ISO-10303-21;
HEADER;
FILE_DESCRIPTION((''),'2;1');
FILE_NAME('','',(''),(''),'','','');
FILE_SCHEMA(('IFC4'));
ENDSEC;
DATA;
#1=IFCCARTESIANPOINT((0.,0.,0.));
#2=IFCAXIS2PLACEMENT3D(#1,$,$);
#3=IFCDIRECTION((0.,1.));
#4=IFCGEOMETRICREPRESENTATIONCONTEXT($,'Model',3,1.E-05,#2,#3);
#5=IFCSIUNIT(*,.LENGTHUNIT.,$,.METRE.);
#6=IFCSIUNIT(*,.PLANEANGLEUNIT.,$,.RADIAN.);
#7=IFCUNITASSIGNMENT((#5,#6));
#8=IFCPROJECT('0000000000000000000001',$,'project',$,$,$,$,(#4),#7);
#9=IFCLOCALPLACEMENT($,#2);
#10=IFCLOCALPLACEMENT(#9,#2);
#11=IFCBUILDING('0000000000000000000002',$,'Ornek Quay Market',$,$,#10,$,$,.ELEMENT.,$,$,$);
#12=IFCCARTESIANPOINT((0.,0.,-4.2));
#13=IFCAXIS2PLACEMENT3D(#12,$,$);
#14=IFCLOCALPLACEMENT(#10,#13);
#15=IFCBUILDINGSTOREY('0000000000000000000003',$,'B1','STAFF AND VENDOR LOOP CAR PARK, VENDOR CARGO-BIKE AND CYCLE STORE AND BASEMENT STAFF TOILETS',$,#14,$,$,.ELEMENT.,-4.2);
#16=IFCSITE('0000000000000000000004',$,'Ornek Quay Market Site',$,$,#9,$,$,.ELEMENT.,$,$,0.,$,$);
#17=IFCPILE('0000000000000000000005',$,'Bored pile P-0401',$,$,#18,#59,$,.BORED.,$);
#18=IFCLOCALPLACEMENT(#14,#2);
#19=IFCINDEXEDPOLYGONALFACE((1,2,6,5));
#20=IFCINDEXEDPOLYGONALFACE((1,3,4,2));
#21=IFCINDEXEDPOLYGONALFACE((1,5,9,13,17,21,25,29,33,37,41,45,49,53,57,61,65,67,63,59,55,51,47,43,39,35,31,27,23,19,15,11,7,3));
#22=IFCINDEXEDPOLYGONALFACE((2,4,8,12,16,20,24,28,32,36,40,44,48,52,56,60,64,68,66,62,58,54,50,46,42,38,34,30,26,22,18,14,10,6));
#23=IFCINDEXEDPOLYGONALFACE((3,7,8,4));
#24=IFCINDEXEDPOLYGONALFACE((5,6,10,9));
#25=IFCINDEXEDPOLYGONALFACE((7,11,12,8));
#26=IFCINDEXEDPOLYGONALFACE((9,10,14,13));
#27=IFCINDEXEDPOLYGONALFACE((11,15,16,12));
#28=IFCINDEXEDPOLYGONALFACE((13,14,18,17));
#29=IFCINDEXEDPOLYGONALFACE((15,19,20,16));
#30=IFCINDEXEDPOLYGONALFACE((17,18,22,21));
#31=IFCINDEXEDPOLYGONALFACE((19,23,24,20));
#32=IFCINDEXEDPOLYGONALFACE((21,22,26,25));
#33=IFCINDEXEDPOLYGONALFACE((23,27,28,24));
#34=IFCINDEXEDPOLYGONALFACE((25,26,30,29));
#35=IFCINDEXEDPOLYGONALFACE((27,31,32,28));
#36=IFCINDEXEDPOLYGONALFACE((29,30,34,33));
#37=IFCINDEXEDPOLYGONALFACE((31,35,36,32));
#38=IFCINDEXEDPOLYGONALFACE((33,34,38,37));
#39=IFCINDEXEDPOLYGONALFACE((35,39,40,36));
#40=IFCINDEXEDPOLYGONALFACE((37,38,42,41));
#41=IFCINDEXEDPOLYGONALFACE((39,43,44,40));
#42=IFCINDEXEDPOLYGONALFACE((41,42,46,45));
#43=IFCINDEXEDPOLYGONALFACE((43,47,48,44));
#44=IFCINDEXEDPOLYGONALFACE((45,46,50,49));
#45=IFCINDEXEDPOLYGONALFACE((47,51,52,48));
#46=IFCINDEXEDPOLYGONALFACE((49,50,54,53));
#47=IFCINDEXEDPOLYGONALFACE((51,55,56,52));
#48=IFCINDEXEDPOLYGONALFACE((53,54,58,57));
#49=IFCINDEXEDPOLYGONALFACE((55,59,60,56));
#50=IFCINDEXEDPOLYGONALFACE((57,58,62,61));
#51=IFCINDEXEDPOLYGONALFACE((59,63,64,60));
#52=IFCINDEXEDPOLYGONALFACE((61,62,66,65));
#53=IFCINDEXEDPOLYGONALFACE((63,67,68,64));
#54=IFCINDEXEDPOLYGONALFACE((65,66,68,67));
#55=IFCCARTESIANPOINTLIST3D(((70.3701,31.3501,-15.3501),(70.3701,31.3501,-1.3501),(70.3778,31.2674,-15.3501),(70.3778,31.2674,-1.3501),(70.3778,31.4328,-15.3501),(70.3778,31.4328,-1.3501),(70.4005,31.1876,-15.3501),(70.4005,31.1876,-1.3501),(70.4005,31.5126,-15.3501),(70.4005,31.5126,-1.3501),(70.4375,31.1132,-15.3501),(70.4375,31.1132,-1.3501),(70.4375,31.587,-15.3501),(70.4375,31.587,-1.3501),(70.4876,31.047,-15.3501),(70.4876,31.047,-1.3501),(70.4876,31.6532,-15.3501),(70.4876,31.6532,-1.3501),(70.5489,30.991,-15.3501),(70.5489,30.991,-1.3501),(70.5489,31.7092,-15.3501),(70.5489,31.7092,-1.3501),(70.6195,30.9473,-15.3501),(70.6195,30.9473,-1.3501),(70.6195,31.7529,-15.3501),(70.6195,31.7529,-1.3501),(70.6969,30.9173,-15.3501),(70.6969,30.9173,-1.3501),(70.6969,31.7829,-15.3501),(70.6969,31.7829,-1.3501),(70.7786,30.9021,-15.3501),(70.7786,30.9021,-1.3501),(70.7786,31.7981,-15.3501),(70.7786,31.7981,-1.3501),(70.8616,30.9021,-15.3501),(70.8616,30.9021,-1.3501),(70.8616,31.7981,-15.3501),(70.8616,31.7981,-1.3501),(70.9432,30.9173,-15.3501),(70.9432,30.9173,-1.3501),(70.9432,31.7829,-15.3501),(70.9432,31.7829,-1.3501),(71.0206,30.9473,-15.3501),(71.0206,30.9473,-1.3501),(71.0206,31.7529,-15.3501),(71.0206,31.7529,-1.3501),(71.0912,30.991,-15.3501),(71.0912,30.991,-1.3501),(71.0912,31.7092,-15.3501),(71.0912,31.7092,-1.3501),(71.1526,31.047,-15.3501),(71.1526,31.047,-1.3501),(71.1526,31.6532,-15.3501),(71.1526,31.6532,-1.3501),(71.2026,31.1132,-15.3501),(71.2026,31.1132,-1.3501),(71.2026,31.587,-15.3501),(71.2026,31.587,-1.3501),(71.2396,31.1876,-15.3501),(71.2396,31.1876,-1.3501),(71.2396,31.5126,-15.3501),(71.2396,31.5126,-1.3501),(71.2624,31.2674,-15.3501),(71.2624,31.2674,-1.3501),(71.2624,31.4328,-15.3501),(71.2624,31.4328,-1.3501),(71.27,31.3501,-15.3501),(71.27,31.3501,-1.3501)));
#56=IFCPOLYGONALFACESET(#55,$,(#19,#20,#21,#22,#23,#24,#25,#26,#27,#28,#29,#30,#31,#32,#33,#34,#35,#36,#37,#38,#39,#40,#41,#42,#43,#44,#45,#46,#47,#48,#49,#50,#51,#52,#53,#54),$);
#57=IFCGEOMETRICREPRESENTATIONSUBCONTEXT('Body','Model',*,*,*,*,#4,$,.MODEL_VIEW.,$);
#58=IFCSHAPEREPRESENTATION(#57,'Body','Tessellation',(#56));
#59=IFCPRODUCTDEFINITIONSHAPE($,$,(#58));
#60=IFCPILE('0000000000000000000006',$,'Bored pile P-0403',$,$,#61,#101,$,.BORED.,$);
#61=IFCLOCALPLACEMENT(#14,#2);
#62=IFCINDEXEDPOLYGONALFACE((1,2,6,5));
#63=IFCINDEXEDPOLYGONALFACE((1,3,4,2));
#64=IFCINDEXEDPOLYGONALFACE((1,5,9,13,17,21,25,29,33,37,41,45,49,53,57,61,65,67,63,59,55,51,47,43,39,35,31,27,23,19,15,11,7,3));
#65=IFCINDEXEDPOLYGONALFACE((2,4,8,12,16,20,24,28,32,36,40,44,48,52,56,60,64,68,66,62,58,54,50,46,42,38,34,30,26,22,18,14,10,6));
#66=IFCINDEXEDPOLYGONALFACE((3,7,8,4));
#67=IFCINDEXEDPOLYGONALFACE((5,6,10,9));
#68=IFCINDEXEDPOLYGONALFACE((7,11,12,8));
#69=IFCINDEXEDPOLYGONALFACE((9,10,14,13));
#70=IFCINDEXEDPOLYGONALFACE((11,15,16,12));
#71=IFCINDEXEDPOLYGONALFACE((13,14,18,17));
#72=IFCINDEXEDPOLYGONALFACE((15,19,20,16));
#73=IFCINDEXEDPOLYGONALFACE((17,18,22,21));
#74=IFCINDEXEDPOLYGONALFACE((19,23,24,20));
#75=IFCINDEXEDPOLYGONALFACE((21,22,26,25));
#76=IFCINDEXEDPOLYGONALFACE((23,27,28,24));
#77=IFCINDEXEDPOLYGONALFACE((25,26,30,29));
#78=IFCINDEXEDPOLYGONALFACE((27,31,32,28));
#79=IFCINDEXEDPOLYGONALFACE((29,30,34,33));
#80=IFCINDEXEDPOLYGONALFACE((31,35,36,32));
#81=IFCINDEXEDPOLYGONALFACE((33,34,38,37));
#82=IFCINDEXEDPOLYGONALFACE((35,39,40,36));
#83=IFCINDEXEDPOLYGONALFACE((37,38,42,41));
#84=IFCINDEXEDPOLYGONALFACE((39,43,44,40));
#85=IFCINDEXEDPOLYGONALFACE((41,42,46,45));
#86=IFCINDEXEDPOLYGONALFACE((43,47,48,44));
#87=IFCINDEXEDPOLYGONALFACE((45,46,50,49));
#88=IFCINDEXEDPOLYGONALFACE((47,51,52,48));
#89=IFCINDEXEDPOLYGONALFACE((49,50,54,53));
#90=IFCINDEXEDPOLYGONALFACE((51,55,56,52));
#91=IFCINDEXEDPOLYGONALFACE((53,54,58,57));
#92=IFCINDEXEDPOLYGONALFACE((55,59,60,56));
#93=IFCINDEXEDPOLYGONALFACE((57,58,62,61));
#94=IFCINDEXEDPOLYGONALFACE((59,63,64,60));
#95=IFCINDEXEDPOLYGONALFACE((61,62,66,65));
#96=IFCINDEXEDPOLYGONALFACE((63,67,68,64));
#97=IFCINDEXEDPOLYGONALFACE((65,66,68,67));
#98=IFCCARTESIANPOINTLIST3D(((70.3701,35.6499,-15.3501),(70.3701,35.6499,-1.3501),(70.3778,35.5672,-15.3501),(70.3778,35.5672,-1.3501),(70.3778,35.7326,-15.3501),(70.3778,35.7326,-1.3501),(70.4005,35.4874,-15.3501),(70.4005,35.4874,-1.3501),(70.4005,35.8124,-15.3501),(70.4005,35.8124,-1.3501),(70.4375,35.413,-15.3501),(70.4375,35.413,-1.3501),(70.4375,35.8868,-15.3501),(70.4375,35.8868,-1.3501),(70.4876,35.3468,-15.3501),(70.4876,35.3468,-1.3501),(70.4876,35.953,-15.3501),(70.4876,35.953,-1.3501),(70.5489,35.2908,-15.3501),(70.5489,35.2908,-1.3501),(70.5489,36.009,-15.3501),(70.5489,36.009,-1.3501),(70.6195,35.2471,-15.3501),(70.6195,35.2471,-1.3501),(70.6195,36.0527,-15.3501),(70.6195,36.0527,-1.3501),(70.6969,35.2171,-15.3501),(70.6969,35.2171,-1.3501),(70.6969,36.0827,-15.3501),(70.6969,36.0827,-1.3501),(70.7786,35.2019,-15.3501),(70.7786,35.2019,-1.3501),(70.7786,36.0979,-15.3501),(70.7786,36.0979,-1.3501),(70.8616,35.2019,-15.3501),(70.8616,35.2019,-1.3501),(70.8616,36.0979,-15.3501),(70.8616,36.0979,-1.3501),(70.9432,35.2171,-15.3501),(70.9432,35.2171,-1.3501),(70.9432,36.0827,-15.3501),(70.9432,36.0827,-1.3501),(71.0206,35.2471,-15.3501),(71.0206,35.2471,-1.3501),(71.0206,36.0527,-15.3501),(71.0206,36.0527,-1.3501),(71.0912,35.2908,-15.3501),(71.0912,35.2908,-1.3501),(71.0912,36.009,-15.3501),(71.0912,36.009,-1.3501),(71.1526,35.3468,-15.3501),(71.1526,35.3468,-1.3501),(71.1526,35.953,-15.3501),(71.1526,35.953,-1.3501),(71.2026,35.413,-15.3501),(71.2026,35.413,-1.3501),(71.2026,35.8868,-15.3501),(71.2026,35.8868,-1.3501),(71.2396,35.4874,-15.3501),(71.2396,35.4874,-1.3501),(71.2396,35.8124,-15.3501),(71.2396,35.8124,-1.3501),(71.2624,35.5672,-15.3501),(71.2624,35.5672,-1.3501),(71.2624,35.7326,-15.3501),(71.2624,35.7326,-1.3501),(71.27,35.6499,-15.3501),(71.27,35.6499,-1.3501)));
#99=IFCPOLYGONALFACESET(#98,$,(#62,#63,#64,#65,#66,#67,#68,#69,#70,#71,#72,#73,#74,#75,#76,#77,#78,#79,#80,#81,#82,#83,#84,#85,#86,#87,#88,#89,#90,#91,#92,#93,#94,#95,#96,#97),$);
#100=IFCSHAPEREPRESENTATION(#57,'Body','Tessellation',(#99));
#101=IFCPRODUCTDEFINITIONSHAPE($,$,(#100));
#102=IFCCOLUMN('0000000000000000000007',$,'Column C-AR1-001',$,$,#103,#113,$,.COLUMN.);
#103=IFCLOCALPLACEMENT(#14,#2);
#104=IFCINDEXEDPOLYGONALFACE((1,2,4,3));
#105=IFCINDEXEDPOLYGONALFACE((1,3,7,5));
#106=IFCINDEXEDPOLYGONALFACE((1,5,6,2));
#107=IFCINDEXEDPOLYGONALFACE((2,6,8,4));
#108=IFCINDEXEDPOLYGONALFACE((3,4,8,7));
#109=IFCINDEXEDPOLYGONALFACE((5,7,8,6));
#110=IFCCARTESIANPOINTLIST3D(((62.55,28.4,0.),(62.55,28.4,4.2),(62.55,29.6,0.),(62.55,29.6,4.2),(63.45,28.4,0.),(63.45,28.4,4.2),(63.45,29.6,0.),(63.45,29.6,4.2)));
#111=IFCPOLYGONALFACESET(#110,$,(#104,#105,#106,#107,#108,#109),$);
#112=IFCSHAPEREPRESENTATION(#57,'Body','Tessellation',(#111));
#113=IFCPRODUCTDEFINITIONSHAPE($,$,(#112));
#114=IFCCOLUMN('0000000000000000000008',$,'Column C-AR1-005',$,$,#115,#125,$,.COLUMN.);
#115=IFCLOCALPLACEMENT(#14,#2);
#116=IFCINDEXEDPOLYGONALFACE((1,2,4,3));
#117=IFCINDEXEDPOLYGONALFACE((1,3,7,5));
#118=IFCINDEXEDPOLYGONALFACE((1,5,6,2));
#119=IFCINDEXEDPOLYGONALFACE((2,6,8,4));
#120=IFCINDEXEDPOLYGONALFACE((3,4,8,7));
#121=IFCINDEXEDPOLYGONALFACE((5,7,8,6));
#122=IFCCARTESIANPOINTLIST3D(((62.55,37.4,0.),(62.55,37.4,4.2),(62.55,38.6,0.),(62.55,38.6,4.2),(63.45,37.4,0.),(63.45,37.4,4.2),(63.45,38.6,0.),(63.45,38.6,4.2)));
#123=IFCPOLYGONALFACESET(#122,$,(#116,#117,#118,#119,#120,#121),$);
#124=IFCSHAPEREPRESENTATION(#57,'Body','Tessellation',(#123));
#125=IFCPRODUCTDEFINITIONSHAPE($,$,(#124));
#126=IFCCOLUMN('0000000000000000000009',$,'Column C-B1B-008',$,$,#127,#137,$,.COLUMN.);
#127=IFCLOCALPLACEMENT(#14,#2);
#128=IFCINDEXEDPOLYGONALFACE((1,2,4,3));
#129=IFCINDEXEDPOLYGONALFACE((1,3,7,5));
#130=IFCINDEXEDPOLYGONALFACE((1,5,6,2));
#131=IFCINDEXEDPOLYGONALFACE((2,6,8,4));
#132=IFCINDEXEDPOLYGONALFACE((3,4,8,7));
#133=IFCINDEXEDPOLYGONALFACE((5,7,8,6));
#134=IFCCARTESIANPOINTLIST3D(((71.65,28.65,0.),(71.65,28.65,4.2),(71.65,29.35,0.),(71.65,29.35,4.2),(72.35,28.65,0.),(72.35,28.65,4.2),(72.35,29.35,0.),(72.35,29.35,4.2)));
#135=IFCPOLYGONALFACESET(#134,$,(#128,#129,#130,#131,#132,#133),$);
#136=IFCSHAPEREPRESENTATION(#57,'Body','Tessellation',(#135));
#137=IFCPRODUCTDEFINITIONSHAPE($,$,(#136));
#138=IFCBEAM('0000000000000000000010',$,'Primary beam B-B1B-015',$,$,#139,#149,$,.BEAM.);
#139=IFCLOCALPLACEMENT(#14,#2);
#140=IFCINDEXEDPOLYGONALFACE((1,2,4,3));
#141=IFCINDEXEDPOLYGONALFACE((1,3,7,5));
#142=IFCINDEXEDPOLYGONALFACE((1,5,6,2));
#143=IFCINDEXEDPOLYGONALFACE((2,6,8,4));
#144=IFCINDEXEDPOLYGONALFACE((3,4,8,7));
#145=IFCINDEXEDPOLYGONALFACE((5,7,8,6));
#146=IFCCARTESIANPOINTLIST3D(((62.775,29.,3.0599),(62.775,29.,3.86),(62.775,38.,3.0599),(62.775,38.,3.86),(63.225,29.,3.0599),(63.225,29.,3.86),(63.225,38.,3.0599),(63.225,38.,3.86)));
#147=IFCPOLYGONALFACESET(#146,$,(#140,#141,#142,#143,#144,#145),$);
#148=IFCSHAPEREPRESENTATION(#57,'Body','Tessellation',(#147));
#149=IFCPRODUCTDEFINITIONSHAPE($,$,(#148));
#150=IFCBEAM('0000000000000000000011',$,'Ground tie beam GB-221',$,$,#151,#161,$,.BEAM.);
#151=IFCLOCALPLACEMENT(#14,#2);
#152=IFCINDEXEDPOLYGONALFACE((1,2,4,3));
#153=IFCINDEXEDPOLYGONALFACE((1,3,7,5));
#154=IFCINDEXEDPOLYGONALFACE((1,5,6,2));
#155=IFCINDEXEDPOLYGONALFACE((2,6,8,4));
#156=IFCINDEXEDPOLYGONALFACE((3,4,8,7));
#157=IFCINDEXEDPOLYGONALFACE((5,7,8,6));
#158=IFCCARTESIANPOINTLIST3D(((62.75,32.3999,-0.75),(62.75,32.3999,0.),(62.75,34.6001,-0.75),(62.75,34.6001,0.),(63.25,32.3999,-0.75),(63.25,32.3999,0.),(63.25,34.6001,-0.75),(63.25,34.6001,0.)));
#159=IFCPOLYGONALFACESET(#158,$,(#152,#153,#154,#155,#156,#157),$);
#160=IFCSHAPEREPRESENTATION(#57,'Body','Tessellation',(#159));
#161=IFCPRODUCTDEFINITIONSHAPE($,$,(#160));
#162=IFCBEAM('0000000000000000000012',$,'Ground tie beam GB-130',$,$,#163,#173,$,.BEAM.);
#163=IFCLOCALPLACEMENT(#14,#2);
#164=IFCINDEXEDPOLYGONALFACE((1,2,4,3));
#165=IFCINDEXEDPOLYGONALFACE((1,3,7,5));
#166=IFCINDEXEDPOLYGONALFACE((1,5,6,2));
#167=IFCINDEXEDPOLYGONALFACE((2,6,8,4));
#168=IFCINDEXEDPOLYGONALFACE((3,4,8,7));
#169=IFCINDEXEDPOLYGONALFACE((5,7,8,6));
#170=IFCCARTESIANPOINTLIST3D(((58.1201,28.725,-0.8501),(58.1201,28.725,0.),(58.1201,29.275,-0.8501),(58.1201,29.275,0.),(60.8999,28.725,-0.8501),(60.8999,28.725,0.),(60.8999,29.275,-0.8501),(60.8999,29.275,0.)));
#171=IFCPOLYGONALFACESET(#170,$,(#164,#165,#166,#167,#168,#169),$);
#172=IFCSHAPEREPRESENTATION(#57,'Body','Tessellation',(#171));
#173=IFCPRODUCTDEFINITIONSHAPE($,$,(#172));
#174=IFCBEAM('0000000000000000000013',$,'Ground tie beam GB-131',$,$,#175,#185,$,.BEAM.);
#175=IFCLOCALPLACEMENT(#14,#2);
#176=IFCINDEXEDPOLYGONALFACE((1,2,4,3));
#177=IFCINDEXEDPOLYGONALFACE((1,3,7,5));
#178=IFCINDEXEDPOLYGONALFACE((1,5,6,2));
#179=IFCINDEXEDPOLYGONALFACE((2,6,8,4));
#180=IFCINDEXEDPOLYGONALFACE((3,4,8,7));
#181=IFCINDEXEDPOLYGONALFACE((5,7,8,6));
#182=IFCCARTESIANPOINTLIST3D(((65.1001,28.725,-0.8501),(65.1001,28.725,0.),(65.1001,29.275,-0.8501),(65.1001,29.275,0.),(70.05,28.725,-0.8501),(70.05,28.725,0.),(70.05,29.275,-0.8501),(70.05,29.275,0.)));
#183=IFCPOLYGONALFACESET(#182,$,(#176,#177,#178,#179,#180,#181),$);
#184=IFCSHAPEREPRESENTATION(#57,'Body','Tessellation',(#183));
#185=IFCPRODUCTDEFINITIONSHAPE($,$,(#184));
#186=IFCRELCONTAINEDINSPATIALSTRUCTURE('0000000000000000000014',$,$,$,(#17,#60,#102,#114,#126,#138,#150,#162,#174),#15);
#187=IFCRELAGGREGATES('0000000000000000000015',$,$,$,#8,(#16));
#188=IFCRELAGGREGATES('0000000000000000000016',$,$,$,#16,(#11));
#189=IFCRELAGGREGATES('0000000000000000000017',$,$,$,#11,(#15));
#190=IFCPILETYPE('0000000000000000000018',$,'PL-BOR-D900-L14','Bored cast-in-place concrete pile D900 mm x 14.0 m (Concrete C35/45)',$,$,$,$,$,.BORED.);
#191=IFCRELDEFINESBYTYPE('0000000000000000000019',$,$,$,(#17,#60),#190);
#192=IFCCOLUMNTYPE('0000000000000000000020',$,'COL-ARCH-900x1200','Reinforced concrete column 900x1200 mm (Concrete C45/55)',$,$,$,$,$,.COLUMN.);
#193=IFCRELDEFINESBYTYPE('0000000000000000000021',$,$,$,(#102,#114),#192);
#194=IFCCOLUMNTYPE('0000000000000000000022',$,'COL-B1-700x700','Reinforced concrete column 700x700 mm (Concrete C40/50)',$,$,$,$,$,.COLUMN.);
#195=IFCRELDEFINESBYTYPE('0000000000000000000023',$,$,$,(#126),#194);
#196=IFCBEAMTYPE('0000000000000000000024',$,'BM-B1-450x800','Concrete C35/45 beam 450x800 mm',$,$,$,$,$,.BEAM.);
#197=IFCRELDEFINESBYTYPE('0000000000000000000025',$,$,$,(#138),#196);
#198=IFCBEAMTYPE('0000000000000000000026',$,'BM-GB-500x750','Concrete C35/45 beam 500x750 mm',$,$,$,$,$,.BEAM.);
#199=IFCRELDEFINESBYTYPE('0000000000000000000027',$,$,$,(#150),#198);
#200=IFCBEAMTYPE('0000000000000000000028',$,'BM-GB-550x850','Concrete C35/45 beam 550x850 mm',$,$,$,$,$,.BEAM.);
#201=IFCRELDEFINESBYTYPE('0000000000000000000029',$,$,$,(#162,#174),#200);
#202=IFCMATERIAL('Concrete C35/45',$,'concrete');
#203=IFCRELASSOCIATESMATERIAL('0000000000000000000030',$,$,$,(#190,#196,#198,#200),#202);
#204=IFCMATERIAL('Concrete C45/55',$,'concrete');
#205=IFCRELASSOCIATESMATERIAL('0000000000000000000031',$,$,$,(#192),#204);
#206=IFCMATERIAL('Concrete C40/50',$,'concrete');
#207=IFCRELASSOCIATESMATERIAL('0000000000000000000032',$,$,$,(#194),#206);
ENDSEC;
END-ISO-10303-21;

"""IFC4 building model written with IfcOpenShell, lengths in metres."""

from ifc_helpers import new_model, si_unit, direction, frame, origin, origin_2d, place, context, subcontext, project, spatial, rectangle, circle, extrude, material, material_profile, profile_set, type_object, element, save


model = new_model("IFC4")

# Units and contexts
model_context = context("Model", 3, precision=1e-05, world=origin(), true_north=direction((0.0, 1.0)))
body_context = subcontext(model_context, "Body", "Model", "MODEL_VIEW")
ifc_project = project(units=[si_unit("LENGTHUNIT", "METRE"), si_unit("PLANEANGLEUNIT", "RADIAN")], contexts=[model_context])

# Site, building, storey
site_placement = place(None, origin())
site = spatial("IfcSite", under=ifc_project, at=site_placement, Name="Ornek Quay Market Site", CompositionType="ELEMENT", RefElevation=0.0)
building_placement = place(site_placement, origin())
building = spatial("IfcBuilding", under=site, at=building_placement, Name="Ornek Quay Market", CompositionType="ELEMENT")
storey_placement = place(building_placement, frame((0.0, 0.0, -4.2)))
storey = spatial("IfcBuildingStorey", under=building, at=storey_placement, Name="B1", Description="STAFF AND VENDOR LOOP CAR PARK, VENDOR CARGO-BIKE AND CYCLE STORE AND BASEMENT STAFF TOILETS", CompositionType="ELEMENT", Elevation=-4.2)

# Piles
ifc_material_1 = material(Name="Concrete C35/45", Category="concrete")
ifc_material_profile_1 = material_profile(ifc_material_1, circle(Radius=0.45, at=origin_2d()), Name="PILE D900", Category="concrete")
ifc_profile_set_1 = profile_set([ifc_material_profile_1], Name="Concrete C35/45")
pile_type_1 = type_object("IfcPileType", Name="PL-BOR-D900-L14", Description="Bored cast-in-place concrete pile D900 mm x 14.0 m (Concrete C35/45)", PredefinedType="BORED", material=ifc_profile_set_1)
for number, where, z_axis, x_axis, name in (
    (1, (70.8201, 31.3501, -1.3501), (0.0, 0.0, -1.0), (1.0, 0.0, 0.0), "Bored pile P-0401"),
    (2, (70.8201, 35.6499, -1.3501), (0.0, 0.0, -1.0), (1.0, 0.0, 0.0), "Bored pile P-0403"),
):
    element("IfcPile", number, at=place(storey_placement, frame(where, z_axis=z_axis, x_axis=x_axis)), inside=storey, type_object=pile_type_1, Name=name, PredefinedType="BORED", context=body_context, shape_type="SweptSolid", body=[
        extrude(circle(Radius=0.45, at=origin_2d()), origin(), (0.0, 0.0, 1.0), 14.0),
    ])

# Columns
ifc_material_2 = material(Name="Concrete C45/55", Category="concrete")
ifc_material_profile_2 = material_profile(ifc_material_2, rectangle(XDim=0.8999, YDim=1.2, at=origin_2d()), Name="RC 900x1200", Category="concrete")
ifc_profile_set_2 = profile_set([ifc_material_profile_2], Name="Concrete C45/55")
column_type_1 = type_object("IfcColumnType", Name="COL-ARCH-900x1200", Description="Reinforced concrete column 900x1200 mm (Concrete C45/55)", PredefinedType="COLUMN", material=ifc_profile_set_2)
for number, where, z_axis, x_axis, name in (
    (3, (63.0, 29.0, 0.0), (0.0, 0.0, 1.0), (1.0, 0.0, 0.0), "Column C-AR1-001"),
    (4, (63.0, 38.0, 0.0), (0.0, 0.0, 1.0), (1.0, 0.0, 0.0), "Column C-AR1-005"),
):
    element("IfcColumn", number, at=place(storey_placement, frame(where, z_axis=z_axis, x_axis=x_axis)), inside=storey, type_object=column_type_1, Name=name, PredefinedType="COLUMN", context=body_context, shape_type="SweptSolid", body=[
        extrude(rectangle(XDim=0.8999, YDim=1.2, at=origin_2d()), origin(), (0.0, 0.0, 1.0), 4.2),
    ])
ifc_material_3 = material(Name="Concrete C40/50", Category="concrete")
ifc_material_profile_3 = material_profile(ifc_material_3, rectangle(XDim=0.7, YDim=0.7, at=origin_2d()), Name="RC 700x700", Category="concrete")
ifc_profile_set_3 = profile_set([ifc_material_profile_3], Name="Concrete C40/50")
column_type_2 = type_object("IfcColumnType", Name="COL-B1-700x700", Description="Reinforced concrete column 700x700 mm (Concrete C40/50)", PredefinedType="COLUMN", material=ifc_profile_set_3)
column_placement = place(storey_placement, frame((72.0, 29.0, 0.0), z_axis=(0.0, 0.0, 1.0), x_axis=(1.0, 0.0, 0.0)))
element("IfcColumn", 5, at=column_placement, inside=storey, type_object=column_type_2, Name="Column C-B1B-008", PredefinedType="COLUMN", context=body_context, shape_type="SweptSolid", body=[
    extrude(rectangle(XDim=0.7, YDim=0.7, at=origin_2d()), origin(), (0.0, 0.0, 1.0), 4.2),
])

# Beams
ifc_material_profile_4 = material_profile(ifc_material_1, rectangle(XDim=0.45, YDim=0.8, at=origin_2d()), Name="RC 450x800", Category="concrete")
ifc_profile_set_4 = profile_set([ifc_material_profile_4], Name="Concrete C35/45")
beam_type_1 = type_object("IfcBeamType", Name="BM-B1-450x800", Description="Concrete C35/45 beam 450x800 mm", PredefinedType="BEAM", material=ifc_profile_set_4)
beam_1_placement = place(storey_placement, frame((63.0, 29.0, 3.46), z_axis=(0.0, 1.0, 0.0), x_axis=(-1.0, 0.0, 0.0)))
element("IfcBeam", 6, at=beam_1_placement, inside=storey, type_object=beam_type_1, Name="Primary beam B-B1B-015", PredefinedType="BEAM", context=body_context, shape_type="SweptSolid", body=[
    extrude(rectangle(XDim=0.45, YDim=0.8, at=origin_2d()), origin(), (0.0, 0.0, 1.0), 9.0),
])
ifc_material_profile_5 = material_profile(ifc_material_1, rectangle(XDim=0.5, YDim=0.75, at=origin_2d()), Name="RC 500x750", Category="concrete")
ifc_profile_set_5 = profile_set([ifc_material_profile_5], Name="Concrete C35/45")
beam_type_2 = type_object("IfcBeamType", Name="BM-GB-500x750", Description="Concrete C35/45 beam 500x750 mm", PredefinedType="BEAM", material=ifc_profile_set_5)
beam_2_placement = place(storey_placement, frame((63.0, 32.3999, -0.375), z_axis=(0.0, 1.0, 0.0), x_axis=(-1.0, 0.0, 0.0)))
element("IfcBeam", 7, at=beam_2_placement, inside=storey, type_object=beam_type_2, Name="Ground tie beam GB-221", PredefinedType="BEAM", context=body_context, shape_type="SweptSolid", body=[
    extrude(rectangle(XDim=0.5, YDim=0.75, at=origin_2d()), origin(), (0.0, 0.0, 1.0), 2.2002),
])
ifc_material_profile_6 = material_profile(ifc_material_1, rectangle(XDim=0.55, YDim=0.8501, at=origin_2d()), Name="RC 550x850", Category="concrete")
ifc_profile_set_6 = profile_set([ifc_material_profile_6], Name="Concrete C35/45")
beam_type_3 = type_object("IfcBeamType", Name="BM-GB-550x850", Description="Concrete C35/45 beam 550x850 mm", PredefinedType="BEAM", material=ifc_profile_set_6)
beam_3_placement = place(storey_placement, frame((58.1201, 29.0, -0.425), z_axis=(1.0, 0.0, 0.0), x_axis=(0.0, 1.0, 0.0)))
element("IfcBeam", 8, at=beam_3_placement, inside=storey, type_object=beam_type_3, Name="Ground tie beam GB-130", PredefinedType="BEAM", context=body_context, shape_type="SweptSolid", body=[
    extrude(rectangle(XDim=0.55, YDim=0.8501, at=origin_2d()), origin(), (0.0, 0.0, 1.0), 2.7798),
])
beam_4_placement = place(storey_placement, frame((65.1001, 29.0, -0.425), z_axis=(1.0, 0.0, 0.0), x_axis=(0.0, 1.0, 0.0)))
element("IfcBeam", 9, at=beam_4_placement, inside=storey, type_object=beam_type_3, Name="Ground tie beam GB-131", PredefinedType="BEAM", context=body_context, shape_type="SweptSolid", body=[
    extrude(rectangle(XDim=0.55, YDim=0.8501, at=origin_2d()), origin(), (0.0, 0.0, 1.0), 4.95),
])

save(model, "model.ifc")
